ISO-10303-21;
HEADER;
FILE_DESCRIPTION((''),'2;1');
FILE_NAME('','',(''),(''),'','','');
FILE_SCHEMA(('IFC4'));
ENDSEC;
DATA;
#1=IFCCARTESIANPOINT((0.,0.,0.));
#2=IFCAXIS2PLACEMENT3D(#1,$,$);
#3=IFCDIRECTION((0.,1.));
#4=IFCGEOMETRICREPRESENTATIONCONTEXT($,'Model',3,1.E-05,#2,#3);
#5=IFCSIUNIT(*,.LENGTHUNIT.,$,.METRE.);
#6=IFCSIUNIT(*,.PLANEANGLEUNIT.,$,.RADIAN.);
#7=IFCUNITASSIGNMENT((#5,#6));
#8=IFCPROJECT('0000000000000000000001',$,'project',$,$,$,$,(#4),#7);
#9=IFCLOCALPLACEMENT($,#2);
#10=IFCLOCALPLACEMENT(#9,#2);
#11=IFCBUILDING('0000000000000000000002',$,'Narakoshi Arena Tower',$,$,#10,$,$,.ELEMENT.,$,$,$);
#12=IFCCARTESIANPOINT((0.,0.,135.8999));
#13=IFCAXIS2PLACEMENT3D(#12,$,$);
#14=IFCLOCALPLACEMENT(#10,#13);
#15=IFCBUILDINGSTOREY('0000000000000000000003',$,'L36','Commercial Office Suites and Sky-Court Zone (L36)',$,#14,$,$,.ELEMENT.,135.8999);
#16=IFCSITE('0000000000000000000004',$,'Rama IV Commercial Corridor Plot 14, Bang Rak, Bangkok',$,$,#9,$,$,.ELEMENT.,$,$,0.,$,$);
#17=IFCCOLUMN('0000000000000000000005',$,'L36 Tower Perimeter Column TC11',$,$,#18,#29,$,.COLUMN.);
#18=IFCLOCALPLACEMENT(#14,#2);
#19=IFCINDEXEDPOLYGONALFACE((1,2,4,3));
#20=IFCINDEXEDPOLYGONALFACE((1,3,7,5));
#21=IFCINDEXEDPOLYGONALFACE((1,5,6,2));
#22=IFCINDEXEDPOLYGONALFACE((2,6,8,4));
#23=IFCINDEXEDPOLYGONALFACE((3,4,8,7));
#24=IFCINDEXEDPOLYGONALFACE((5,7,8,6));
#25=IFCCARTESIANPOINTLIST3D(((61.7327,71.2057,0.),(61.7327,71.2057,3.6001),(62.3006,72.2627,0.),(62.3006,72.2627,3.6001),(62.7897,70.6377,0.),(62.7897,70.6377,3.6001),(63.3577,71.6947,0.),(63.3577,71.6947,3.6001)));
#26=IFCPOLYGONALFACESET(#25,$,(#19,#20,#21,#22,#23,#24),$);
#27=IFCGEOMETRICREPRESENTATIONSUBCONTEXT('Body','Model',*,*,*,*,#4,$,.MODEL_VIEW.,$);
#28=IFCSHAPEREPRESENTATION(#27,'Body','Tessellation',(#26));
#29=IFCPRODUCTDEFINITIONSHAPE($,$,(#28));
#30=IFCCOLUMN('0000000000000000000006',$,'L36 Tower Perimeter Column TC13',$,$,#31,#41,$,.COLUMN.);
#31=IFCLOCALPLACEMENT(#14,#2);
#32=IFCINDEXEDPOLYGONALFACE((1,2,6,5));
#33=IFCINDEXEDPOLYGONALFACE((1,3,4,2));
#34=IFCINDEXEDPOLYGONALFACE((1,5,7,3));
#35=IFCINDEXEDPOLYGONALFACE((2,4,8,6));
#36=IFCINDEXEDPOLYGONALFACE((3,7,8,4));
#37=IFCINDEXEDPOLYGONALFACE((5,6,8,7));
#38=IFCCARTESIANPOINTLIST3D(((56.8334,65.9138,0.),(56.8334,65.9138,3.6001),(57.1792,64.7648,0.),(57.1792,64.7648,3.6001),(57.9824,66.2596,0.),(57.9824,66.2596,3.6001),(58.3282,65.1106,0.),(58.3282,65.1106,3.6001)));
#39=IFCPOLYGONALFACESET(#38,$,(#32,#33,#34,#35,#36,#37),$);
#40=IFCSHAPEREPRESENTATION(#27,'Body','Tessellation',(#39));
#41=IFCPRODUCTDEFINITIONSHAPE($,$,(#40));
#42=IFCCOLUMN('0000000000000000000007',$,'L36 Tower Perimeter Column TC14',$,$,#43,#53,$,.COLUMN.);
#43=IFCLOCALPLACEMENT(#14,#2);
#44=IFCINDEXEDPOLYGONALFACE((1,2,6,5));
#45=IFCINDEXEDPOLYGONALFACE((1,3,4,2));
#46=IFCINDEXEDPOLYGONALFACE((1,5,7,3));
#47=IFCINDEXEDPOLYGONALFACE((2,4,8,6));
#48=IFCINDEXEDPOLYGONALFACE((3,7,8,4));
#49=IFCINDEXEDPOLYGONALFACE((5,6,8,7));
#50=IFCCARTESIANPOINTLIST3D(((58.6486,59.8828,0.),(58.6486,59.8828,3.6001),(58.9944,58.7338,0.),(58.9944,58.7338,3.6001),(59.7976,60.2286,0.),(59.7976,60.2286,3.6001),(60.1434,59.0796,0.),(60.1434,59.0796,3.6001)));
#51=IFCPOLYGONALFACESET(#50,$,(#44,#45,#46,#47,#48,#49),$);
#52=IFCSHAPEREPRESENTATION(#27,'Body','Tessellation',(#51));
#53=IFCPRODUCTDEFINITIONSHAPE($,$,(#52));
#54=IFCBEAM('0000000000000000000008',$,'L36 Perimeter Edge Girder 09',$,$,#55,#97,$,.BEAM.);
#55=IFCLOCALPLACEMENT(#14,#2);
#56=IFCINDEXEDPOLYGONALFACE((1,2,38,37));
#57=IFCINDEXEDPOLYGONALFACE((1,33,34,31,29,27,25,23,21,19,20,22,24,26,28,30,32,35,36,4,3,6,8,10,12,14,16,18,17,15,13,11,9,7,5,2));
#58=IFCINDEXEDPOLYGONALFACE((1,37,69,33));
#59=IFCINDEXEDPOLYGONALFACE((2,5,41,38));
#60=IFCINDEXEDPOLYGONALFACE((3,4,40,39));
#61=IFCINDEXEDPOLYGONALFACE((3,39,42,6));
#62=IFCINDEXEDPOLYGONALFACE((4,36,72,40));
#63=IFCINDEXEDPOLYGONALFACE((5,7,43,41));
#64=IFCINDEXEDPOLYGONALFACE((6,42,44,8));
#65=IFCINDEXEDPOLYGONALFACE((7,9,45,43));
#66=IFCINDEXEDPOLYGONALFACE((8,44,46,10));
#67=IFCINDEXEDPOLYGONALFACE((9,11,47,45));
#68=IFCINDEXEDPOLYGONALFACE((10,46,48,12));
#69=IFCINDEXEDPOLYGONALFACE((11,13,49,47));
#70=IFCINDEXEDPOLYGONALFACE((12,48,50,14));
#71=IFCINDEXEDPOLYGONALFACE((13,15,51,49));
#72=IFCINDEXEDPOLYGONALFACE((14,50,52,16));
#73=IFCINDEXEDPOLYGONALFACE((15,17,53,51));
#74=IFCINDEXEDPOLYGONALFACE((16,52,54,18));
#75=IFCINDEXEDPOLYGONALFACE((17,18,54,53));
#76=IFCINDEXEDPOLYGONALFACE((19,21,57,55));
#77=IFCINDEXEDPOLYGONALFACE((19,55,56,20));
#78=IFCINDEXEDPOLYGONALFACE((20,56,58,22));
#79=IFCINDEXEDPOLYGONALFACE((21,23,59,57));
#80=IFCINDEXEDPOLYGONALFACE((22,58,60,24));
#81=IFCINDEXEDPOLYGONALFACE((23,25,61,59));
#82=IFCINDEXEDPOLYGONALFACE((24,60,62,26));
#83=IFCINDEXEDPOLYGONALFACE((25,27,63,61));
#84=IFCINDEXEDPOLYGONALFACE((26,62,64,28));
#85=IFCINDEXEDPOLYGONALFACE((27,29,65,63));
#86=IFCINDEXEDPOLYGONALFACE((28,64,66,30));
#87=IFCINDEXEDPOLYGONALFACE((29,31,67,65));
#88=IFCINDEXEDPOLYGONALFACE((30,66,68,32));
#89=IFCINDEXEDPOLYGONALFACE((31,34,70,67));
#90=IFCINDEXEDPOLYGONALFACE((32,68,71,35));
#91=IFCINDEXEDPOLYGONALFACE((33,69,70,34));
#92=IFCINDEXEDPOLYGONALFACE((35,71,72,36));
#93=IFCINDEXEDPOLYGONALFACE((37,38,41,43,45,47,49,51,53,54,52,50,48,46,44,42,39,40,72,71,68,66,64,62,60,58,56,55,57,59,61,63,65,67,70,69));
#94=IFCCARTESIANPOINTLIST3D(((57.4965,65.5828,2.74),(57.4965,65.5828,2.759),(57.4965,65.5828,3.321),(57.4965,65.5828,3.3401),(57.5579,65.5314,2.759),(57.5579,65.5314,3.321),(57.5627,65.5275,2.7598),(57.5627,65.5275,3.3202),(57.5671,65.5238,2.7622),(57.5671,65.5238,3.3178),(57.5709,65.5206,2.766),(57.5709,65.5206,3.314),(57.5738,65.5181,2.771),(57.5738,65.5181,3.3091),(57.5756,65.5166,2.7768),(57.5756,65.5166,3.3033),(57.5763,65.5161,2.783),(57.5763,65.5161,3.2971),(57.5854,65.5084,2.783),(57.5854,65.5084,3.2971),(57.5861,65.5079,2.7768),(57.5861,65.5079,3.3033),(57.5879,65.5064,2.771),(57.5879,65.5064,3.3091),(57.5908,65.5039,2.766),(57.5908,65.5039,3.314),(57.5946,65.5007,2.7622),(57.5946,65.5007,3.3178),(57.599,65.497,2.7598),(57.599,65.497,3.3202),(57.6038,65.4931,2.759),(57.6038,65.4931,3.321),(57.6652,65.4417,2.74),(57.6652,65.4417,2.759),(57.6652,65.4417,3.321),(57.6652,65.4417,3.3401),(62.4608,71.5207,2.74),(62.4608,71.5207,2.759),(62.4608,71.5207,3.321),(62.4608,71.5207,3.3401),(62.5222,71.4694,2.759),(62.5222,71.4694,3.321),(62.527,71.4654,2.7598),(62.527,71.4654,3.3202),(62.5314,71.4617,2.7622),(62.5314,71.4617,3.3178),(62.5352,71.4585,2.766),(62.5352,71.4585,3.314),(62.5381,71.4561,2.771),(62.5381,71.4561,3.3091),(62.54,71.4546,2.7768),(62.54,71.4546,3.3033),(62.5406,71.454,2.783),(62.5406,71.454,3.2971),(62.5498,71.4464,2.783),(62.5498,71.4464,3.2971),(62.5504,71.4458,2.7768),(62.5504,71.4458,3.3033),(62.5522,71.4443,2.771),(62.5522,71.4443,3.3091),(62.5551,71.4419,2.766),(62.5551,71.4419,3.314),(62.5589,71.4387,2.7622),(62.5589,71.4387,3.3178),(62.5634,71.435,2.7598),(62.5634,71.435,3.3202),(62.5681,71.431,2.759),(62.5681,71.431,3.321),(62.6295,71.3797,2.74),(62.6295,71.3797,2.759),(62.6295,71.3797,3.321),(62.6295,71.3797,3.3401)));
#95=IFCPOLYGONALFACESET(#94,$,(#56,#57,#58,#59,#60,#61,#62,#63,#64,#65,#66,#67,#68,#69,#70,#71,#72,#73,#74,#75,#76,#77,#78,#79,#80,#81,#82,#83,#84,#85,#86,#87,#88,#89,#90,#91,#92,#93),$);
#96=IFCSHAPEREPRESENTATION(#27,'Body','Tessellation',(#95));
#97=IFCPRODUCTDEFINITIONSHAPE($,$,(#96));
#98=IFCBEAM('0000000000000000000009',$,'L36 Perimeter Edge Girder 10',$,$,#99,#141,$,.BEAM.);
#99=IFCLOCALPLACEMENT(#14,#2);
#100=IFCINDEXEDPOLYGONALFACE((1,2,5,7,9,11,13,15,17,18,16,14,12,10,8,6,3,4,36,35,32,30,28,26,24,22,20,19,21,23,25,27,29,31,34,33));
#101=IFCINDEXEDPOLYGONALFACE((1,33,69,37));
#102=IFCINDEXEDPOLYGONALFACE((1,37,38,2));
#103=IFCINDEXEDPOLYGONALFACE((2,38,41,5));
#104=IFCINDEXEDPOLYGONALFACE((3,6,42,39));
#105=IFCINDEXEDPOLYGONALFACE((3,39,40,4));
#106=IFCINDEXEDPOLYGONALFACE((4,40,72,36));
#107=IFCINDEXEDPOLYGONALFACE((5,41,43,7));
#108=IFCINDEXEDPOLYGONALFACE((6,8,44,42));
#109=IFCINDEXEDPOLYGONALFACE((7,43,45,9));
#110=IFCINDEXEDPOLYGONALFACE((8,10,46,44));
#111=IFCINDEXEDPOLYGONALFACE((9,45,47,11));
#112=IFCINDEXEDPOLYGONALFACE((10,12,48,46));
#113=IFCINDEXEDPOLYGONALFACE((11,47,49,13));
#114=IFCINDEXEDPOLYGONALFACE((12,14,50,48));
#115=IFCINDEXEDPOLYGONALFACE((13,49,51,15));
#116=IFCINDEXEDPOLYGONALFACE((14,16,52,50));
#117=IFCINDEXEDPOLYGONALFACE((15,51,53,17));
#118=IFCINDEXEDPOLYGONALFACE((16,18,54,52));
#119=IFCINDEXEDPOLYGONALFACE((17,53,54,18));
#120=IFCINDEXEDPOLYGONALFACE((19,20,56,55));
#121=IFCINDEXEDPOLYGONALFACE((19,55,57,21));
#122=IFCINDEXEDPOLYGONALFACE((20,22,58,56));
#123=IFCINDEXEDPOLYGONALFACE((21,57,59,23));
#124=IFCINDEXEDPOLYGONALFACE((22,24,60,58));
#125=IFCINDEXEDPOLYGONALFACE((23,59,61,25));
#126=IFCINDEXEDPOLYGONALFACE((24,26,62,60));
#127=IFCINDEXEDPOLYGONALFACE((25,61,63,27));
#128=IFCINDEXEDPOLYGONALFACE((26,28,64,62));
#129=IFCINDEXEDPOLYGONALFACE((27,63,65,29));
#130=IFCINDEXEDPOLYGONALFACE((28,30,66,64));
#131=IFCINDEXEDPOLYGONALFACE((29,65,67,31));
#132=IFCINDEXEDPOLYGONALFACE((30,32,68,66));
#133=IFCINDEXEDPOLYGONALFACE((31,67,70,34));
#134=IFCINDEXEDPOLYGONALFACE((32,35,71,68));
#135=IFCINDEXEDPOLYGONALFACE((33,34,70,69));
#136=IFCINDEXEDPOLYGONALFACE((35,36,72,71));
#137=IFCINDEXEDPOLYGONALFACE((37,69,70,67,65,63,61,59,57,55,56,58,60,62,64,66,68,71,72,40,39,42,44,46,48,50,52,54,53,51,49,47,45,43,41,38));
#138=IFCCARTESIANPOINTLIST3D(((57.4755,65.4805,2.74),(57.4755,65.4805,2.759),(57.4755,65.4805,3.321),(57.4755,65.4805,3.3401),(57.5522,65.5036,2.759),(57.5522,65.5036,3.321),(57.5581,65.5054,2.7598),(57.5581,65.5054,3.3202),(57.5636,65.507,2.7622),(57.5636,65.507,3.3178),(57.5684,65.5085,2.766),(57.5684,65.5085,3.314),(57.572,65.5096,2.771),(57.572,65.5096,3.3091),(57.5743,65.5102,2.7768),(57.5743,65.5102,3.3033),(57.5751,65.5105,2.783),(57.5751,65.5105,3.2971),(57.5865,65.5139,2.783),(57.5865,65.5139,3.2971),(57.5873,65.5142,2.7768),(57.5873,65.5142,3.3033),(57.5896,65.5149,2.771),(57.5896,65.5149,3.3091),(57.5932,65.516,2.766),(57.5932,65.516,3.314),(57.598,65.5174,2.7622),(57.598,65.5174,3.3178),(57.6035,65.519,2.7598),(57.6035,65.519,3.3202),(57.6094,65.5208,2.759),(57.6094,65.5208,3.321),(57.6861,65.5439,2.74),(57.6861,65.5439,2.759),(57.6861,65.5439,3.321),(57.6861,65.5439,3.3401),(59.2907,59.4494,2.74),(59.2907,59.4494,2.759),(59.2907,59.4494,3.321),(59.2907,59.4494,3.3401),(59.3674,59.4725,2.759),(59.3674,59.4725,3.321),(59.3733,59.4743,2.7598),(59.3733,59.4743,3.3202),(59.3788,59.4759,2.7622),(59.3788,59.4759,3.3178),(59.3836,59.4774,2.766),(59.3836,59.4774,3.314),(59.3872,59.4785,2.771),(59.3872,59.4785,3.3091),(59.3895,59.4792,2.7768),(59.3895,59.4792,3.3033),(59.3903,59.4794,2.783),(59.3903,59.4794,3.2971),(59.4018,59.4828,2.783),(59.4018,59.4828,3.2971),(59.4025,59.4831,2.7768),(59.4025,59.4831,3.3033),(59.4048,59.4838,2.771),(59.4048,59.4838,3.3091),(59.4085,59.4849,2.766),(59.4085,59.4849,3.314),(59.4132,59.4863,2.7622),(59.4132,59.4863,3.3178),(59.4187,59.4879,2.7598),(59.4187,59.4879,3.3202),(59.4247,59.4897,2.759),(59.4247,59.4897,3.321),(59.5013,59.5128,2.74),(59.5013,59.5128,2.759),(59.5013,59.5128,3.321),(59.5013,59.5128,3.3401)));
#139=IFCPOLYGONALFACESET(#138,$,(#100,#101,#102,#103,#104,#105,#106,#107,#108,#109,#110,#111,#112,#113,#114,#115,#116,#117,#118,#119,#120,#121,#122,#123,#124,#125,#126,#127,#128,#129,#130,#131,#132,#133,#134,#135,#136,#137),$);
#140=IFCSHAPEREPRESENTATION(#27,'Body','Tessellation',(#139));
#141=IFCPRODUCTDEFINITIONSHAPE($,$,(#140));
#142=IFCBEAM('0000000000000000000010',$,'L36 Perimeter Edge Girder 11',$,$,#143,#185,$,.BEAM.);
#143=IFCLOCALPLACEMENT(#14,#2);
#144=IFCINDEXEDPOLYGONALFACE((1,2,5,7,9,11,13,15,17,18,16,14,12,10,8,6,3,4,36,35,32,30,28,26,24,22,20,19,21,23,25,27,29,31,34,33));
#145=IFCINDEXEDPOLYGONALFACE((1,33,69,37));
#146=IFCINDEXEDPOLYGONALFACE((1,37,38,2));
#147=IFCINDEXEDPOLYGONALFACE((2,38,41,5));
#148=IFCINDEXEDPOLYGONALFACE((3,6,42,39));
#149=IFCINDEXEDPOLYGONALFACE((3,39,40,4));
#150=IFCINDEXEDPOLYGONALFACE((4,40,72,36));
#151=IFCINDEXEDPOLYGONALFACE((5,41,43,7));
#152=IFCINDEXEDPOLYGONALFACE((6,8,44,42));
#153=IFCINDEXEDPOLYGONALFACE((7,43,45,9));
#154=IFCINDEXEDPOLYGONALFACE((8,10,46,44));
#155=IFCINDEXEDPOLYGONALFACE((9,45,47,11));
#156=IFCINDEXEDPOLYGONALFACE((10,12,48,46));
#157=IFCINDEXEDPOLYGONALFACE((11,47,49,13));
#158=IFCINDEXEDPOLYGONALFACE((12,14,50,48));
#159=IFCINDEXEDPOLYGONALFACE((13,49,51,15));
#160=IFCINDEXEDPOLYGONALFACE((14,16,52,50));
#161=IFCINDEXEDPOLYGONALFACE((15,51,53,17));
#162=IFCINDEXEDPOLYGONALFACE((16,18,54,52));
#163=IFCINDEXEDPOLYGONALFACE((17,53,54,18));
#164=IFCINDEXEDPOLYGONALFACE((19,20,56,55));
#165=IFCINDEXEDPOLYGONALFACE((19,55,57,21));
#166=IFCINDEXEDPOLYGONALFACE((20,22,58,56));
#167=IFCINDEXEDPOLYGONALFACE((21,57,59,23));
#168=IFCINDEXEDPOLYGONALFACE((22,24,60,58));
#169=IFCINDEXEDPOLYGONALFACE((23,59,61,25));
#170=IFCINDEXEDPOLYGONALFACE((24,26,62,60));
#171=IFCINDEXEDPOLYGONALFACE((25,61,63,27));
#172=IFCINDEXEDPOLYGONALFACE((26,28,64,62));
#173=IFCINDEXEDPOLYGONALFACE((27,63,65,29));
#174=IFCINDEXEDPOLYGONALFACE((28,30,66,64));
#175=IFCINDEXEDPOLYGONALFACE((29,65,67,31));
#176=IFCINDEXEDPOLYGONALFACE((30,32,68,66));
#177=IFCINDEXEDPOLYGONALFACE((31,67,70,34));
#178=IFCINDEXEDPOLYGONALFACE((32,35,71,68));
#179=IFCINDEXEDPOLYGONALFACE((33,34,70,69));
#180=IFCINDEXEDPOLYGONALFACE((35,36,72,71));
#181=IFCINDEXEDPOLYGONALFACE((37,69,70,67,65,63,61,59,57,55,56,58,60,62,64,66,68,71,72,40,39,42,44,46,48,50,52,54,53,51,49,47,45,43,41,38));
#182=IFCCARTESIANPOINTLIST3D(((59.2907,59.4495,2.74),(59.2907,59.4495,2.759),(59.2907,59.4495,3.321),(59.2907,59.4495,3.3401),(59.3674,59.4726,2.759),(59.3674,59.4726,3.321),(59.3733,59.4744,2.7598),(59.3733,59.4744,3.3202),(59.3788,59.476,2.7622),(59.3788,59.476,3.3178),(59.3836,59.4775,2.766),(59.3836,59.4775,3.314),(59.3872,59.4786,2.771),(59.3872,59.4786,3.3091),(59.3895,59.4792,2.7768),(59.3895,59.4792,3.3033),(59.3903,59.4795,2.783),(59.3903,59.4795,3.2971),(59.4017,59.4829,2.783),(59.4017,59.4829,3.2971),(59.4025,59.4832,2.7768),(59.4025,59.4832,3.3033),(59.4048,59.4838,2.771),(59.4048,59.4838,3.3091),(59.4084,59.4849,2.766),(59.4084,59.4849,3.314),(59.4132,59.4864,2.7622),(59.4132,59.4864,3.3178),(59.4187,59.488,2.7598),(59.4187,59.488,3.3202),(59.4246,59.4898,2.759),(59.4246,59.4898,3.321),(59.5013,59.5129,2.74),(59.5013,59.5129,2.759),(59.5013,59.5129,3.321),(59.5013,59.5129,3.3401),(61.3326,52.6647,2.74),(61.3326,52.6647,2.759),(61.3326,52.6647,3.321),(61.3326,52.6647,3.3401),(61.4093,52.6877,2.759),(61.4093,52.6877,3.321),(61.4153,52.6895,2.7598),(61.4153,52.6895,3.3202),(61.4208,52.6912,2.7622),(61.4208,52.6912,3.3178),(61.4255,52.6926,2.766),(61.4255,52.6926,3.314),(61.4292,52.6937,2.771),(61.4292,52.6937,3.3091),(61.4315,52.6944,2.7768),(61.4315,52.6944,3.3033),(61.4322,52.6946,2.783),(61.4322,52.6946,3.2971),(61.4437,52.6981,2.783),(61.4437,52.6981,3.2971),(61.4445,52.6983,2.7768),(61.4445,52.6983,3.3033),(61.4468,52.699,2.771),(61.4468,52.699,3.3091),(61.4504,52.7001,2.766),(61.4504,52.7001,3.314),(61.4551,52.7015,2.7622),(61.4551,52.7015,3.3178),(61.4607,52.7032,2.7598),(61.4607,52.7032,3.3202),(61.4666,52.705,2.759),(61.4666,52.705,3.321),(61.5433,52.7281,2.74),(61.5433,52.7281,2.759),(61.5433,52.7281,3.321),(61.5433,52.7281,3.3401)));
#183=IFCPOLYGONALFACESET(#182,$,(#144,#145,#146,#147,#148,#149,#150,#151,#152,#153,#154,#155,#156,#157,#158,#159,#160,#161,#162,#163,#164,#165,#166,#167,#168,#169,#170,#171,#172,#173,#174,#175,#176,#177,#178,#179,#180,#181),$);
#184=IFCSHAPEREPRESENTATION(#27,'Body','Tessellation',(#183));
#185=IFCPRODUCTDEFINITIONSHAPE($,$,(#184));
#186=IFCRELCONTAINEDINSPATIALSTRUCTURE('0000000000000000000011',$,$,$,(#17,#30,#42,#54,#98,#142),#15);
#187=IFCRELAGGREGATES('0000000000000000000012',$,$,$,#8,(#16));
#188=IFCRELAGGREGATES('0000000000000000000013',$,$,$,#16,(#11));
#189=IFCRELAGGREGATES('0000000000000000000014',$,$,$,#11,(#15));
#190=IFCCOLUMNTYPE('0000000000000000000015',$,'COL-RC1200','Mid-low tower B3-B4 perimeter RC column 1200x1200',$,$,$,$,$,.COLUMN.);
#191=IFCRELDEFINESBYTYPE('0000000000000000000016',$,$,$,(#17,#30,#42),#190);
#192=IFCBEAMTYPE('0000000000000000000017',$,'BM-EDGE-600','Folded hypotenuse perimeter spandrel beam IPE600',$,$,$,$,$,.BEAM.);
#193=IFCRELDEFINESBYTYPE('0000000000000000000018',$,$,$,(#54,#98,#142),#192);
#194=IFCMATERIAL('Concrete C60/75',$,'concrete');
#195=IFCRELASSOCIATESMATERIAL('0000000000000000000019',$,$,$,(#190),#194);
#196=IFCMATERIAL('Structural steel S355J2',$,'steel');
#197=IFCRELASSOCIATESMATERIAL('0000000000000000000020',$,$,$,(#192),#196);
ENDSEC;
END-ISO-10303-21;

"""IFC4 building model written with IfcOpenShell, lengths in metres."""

from ifc_helpers import new_model, si_unit, direction, frame, origin, origin_2d, place, context, subcontext, project, spatial, rectangle, i_section, extrude, material, material_profile, profile_set, type_object, element, save


model = new_model("IFC4")

# Units and contexts
model_context = context("Model", 3, precision=1e-05, world=origin(), true_north=direction((0.0, 1.0)))
body_context = subcontext(model_context, "Body", "Model", "MODEL_VIEW")
ifc_project = project(units=[si_unit("LENGTHUNIT", "METRE"), si_unit("PLANEANGLEUNIT", "RADIAN")], contexts=[model_context])

# Site, building, storey
site_placement = place(None, origin())
site = spatial("IfcSite", under=ifc_project, at=site_placement, Name="Rama IV Commercial Corridor Plot 14, Bang Rak, Bangkok", CompositionType="ELEMENT", RefElevation=0.0)
building_placement = place(site_placement, origin())
building = spatial("IfcBuilding", under=site, at=building_placement, Name="Narakoshi Arena Tower", CompositionType="ELEMENT")
storey_placement = place(building_placement, frame((0.0, 0.0, 135.8999)))
storey = spatial("IfcBuildingStorey", under=building, at=storey_placement, Name="L36", Description="Commercial Office Suites and Sky-Court Zone (L36)", CompositionType="ELEMENT", Elevation=135.8999)

# Columns
ifc_material_1 = material(Name="Concrete C60/75", Category="concrete")
ifc_material_profile_1 = material_profile(ifc_material_1, rectangle(XDim=1.2, YDim=1.2, at=origin_2d()), Name="RC1200x1200")
ifc_profile_set_1 = profile_set([ifc_material_profile_1], Name="Concrete C60/75")
column_type = type_object("IfcColumnType", Name="COL-RC1200", Description="Mid-low tower B3-B4 perimeter RC column 1200x1200", PredefinedType="COLUMN", material=ifc_profile_set_1)
for number, where, z_axis, x_axis, name in (
    (1, (62.5452, 71.4502, 0.0), (0.0, 0.0, 1.0), (0.47332, 0.880891, 0.0), "L36 Tower Perimeter Column TC11"),
    (2, (57.5808, 65.5122, 0.0), (0.0, 0.0, 1.0), (-0.288196, 0.957571, 0.0), "L36 Tower Perimeter Column TC13"),
    (3, (59.396, 59.4812, 0.0), (0.0, 0.0, 1.0), (-0.288196, 0.957571, 0.0), "L36 Tower Perimeter Column TC14"),
):
    element("IfcColumn", number, at=place(storey_placement, frame(where, z_axis=z_axis, x_axis=x_axis)), inside=storey, type_object=column_type, Name=name, PredefinedType="COLUMN", context=body_context, shape_type="SweptSolid", body=[
        extrude(rectangle(XDim=1.2, YDim=1.2, at=origin_2d()), origin(), (0.0, 0.0, 1.0), 3.6001),
    ])

# Beams
ifc_material_2 = material(Name="Structural steel S355J2", Category="steel")
ifc_material_profile_2 = material_profile(ifc_material_2, i_section(OverallWidth=0.22, OverallDepth=0.6001, WebThickness=0.012, FlangeThickness=0.019, FilletRadius=0.0239, at=origin_2d()), Name="IPE600")
ifc_profile_set_2 = profile_set([ifc_material_profile_2], Name="Structural steel S355J2")
beam_type_1 = type_object("IfcBeamType", Name="BM-EDGE-600", Description="Folded hypotenuse perimeter spandrel beam IPE600", PredefinedType="BEAM", material=ifc_profile_set_2)
beam_1_placement = place(storey_placement, frame((62.5452, 71.4502, 3.04), z_axis=(-0.641406, -0.767202, 0.0), x_axis=(0.767202, -0.641406, 0.0)))
element("IfcBeam", 4, at=beam_1_placement, inside=storey, type_object=beam_type_1, Name="L36 Perimeter Edge Girder 09", PredefinedType="BEAM", context=body_context, shape_type="SweptSolid", body=[
    extrude(i_section(OverallWidth=0.22, OverallDepth=0.6001, WebThickness=0.012, FlangeThickness=0.019, FilletRadius=0.0239, at=origin_2d()), origin(), (0.0, 0.0, 1.0), 7.7397),
])
beam_2_placement = place(storey_placement, frame((57.5808, 65.5122, 3.04), z_axis=(0.288205, -0.957569, 0.0), x_axis=(0.957569, 0.288205, 0.0)))
element("IfcBeam", 5, at=beam_2_placement, inside=storey, type_object=beam_type_1, Name="L36 Perimeter Edge Girder 10", PredefinedType="BEAM", context=body_context, shape_type="SweptSolid", body=[
    extrude(i_section(OverallWidth=0.22, OverallDepth=0.6001, WebThickness=0.012, FlangeThickness=0.019, FilletRadius=0.0239, at=origin_2d()), origin(), (0.0, 0.0, 1.0), 6.2983),
])
beam_3_placement = place(storey_placement, frame((59.396, 59.4812, 3.04), z_axis=(0.288192, -0.957573, 0.0), x_axis=(0.957573, 0.288192, 0.0)))
element("IfcBeam", 6, at=beam_3_placement, inside=storey, type_object=beam_type_1, Name="L36 Perimeter Edge Girder 11", PredefinedType="BEAM", context=body_context, shape_type="SweptSolid", body=[
    extrude(i_section(OverallWidth=0.22, OverallDepth=0.6001, WebThickness=0.012, FlangeThickness=0.019, FilletRadius=0.0239, at=origin_2d()), origin(), (0.0, 0.0, 1.0), 7.0854),
])

save(model, "model.ifc")
